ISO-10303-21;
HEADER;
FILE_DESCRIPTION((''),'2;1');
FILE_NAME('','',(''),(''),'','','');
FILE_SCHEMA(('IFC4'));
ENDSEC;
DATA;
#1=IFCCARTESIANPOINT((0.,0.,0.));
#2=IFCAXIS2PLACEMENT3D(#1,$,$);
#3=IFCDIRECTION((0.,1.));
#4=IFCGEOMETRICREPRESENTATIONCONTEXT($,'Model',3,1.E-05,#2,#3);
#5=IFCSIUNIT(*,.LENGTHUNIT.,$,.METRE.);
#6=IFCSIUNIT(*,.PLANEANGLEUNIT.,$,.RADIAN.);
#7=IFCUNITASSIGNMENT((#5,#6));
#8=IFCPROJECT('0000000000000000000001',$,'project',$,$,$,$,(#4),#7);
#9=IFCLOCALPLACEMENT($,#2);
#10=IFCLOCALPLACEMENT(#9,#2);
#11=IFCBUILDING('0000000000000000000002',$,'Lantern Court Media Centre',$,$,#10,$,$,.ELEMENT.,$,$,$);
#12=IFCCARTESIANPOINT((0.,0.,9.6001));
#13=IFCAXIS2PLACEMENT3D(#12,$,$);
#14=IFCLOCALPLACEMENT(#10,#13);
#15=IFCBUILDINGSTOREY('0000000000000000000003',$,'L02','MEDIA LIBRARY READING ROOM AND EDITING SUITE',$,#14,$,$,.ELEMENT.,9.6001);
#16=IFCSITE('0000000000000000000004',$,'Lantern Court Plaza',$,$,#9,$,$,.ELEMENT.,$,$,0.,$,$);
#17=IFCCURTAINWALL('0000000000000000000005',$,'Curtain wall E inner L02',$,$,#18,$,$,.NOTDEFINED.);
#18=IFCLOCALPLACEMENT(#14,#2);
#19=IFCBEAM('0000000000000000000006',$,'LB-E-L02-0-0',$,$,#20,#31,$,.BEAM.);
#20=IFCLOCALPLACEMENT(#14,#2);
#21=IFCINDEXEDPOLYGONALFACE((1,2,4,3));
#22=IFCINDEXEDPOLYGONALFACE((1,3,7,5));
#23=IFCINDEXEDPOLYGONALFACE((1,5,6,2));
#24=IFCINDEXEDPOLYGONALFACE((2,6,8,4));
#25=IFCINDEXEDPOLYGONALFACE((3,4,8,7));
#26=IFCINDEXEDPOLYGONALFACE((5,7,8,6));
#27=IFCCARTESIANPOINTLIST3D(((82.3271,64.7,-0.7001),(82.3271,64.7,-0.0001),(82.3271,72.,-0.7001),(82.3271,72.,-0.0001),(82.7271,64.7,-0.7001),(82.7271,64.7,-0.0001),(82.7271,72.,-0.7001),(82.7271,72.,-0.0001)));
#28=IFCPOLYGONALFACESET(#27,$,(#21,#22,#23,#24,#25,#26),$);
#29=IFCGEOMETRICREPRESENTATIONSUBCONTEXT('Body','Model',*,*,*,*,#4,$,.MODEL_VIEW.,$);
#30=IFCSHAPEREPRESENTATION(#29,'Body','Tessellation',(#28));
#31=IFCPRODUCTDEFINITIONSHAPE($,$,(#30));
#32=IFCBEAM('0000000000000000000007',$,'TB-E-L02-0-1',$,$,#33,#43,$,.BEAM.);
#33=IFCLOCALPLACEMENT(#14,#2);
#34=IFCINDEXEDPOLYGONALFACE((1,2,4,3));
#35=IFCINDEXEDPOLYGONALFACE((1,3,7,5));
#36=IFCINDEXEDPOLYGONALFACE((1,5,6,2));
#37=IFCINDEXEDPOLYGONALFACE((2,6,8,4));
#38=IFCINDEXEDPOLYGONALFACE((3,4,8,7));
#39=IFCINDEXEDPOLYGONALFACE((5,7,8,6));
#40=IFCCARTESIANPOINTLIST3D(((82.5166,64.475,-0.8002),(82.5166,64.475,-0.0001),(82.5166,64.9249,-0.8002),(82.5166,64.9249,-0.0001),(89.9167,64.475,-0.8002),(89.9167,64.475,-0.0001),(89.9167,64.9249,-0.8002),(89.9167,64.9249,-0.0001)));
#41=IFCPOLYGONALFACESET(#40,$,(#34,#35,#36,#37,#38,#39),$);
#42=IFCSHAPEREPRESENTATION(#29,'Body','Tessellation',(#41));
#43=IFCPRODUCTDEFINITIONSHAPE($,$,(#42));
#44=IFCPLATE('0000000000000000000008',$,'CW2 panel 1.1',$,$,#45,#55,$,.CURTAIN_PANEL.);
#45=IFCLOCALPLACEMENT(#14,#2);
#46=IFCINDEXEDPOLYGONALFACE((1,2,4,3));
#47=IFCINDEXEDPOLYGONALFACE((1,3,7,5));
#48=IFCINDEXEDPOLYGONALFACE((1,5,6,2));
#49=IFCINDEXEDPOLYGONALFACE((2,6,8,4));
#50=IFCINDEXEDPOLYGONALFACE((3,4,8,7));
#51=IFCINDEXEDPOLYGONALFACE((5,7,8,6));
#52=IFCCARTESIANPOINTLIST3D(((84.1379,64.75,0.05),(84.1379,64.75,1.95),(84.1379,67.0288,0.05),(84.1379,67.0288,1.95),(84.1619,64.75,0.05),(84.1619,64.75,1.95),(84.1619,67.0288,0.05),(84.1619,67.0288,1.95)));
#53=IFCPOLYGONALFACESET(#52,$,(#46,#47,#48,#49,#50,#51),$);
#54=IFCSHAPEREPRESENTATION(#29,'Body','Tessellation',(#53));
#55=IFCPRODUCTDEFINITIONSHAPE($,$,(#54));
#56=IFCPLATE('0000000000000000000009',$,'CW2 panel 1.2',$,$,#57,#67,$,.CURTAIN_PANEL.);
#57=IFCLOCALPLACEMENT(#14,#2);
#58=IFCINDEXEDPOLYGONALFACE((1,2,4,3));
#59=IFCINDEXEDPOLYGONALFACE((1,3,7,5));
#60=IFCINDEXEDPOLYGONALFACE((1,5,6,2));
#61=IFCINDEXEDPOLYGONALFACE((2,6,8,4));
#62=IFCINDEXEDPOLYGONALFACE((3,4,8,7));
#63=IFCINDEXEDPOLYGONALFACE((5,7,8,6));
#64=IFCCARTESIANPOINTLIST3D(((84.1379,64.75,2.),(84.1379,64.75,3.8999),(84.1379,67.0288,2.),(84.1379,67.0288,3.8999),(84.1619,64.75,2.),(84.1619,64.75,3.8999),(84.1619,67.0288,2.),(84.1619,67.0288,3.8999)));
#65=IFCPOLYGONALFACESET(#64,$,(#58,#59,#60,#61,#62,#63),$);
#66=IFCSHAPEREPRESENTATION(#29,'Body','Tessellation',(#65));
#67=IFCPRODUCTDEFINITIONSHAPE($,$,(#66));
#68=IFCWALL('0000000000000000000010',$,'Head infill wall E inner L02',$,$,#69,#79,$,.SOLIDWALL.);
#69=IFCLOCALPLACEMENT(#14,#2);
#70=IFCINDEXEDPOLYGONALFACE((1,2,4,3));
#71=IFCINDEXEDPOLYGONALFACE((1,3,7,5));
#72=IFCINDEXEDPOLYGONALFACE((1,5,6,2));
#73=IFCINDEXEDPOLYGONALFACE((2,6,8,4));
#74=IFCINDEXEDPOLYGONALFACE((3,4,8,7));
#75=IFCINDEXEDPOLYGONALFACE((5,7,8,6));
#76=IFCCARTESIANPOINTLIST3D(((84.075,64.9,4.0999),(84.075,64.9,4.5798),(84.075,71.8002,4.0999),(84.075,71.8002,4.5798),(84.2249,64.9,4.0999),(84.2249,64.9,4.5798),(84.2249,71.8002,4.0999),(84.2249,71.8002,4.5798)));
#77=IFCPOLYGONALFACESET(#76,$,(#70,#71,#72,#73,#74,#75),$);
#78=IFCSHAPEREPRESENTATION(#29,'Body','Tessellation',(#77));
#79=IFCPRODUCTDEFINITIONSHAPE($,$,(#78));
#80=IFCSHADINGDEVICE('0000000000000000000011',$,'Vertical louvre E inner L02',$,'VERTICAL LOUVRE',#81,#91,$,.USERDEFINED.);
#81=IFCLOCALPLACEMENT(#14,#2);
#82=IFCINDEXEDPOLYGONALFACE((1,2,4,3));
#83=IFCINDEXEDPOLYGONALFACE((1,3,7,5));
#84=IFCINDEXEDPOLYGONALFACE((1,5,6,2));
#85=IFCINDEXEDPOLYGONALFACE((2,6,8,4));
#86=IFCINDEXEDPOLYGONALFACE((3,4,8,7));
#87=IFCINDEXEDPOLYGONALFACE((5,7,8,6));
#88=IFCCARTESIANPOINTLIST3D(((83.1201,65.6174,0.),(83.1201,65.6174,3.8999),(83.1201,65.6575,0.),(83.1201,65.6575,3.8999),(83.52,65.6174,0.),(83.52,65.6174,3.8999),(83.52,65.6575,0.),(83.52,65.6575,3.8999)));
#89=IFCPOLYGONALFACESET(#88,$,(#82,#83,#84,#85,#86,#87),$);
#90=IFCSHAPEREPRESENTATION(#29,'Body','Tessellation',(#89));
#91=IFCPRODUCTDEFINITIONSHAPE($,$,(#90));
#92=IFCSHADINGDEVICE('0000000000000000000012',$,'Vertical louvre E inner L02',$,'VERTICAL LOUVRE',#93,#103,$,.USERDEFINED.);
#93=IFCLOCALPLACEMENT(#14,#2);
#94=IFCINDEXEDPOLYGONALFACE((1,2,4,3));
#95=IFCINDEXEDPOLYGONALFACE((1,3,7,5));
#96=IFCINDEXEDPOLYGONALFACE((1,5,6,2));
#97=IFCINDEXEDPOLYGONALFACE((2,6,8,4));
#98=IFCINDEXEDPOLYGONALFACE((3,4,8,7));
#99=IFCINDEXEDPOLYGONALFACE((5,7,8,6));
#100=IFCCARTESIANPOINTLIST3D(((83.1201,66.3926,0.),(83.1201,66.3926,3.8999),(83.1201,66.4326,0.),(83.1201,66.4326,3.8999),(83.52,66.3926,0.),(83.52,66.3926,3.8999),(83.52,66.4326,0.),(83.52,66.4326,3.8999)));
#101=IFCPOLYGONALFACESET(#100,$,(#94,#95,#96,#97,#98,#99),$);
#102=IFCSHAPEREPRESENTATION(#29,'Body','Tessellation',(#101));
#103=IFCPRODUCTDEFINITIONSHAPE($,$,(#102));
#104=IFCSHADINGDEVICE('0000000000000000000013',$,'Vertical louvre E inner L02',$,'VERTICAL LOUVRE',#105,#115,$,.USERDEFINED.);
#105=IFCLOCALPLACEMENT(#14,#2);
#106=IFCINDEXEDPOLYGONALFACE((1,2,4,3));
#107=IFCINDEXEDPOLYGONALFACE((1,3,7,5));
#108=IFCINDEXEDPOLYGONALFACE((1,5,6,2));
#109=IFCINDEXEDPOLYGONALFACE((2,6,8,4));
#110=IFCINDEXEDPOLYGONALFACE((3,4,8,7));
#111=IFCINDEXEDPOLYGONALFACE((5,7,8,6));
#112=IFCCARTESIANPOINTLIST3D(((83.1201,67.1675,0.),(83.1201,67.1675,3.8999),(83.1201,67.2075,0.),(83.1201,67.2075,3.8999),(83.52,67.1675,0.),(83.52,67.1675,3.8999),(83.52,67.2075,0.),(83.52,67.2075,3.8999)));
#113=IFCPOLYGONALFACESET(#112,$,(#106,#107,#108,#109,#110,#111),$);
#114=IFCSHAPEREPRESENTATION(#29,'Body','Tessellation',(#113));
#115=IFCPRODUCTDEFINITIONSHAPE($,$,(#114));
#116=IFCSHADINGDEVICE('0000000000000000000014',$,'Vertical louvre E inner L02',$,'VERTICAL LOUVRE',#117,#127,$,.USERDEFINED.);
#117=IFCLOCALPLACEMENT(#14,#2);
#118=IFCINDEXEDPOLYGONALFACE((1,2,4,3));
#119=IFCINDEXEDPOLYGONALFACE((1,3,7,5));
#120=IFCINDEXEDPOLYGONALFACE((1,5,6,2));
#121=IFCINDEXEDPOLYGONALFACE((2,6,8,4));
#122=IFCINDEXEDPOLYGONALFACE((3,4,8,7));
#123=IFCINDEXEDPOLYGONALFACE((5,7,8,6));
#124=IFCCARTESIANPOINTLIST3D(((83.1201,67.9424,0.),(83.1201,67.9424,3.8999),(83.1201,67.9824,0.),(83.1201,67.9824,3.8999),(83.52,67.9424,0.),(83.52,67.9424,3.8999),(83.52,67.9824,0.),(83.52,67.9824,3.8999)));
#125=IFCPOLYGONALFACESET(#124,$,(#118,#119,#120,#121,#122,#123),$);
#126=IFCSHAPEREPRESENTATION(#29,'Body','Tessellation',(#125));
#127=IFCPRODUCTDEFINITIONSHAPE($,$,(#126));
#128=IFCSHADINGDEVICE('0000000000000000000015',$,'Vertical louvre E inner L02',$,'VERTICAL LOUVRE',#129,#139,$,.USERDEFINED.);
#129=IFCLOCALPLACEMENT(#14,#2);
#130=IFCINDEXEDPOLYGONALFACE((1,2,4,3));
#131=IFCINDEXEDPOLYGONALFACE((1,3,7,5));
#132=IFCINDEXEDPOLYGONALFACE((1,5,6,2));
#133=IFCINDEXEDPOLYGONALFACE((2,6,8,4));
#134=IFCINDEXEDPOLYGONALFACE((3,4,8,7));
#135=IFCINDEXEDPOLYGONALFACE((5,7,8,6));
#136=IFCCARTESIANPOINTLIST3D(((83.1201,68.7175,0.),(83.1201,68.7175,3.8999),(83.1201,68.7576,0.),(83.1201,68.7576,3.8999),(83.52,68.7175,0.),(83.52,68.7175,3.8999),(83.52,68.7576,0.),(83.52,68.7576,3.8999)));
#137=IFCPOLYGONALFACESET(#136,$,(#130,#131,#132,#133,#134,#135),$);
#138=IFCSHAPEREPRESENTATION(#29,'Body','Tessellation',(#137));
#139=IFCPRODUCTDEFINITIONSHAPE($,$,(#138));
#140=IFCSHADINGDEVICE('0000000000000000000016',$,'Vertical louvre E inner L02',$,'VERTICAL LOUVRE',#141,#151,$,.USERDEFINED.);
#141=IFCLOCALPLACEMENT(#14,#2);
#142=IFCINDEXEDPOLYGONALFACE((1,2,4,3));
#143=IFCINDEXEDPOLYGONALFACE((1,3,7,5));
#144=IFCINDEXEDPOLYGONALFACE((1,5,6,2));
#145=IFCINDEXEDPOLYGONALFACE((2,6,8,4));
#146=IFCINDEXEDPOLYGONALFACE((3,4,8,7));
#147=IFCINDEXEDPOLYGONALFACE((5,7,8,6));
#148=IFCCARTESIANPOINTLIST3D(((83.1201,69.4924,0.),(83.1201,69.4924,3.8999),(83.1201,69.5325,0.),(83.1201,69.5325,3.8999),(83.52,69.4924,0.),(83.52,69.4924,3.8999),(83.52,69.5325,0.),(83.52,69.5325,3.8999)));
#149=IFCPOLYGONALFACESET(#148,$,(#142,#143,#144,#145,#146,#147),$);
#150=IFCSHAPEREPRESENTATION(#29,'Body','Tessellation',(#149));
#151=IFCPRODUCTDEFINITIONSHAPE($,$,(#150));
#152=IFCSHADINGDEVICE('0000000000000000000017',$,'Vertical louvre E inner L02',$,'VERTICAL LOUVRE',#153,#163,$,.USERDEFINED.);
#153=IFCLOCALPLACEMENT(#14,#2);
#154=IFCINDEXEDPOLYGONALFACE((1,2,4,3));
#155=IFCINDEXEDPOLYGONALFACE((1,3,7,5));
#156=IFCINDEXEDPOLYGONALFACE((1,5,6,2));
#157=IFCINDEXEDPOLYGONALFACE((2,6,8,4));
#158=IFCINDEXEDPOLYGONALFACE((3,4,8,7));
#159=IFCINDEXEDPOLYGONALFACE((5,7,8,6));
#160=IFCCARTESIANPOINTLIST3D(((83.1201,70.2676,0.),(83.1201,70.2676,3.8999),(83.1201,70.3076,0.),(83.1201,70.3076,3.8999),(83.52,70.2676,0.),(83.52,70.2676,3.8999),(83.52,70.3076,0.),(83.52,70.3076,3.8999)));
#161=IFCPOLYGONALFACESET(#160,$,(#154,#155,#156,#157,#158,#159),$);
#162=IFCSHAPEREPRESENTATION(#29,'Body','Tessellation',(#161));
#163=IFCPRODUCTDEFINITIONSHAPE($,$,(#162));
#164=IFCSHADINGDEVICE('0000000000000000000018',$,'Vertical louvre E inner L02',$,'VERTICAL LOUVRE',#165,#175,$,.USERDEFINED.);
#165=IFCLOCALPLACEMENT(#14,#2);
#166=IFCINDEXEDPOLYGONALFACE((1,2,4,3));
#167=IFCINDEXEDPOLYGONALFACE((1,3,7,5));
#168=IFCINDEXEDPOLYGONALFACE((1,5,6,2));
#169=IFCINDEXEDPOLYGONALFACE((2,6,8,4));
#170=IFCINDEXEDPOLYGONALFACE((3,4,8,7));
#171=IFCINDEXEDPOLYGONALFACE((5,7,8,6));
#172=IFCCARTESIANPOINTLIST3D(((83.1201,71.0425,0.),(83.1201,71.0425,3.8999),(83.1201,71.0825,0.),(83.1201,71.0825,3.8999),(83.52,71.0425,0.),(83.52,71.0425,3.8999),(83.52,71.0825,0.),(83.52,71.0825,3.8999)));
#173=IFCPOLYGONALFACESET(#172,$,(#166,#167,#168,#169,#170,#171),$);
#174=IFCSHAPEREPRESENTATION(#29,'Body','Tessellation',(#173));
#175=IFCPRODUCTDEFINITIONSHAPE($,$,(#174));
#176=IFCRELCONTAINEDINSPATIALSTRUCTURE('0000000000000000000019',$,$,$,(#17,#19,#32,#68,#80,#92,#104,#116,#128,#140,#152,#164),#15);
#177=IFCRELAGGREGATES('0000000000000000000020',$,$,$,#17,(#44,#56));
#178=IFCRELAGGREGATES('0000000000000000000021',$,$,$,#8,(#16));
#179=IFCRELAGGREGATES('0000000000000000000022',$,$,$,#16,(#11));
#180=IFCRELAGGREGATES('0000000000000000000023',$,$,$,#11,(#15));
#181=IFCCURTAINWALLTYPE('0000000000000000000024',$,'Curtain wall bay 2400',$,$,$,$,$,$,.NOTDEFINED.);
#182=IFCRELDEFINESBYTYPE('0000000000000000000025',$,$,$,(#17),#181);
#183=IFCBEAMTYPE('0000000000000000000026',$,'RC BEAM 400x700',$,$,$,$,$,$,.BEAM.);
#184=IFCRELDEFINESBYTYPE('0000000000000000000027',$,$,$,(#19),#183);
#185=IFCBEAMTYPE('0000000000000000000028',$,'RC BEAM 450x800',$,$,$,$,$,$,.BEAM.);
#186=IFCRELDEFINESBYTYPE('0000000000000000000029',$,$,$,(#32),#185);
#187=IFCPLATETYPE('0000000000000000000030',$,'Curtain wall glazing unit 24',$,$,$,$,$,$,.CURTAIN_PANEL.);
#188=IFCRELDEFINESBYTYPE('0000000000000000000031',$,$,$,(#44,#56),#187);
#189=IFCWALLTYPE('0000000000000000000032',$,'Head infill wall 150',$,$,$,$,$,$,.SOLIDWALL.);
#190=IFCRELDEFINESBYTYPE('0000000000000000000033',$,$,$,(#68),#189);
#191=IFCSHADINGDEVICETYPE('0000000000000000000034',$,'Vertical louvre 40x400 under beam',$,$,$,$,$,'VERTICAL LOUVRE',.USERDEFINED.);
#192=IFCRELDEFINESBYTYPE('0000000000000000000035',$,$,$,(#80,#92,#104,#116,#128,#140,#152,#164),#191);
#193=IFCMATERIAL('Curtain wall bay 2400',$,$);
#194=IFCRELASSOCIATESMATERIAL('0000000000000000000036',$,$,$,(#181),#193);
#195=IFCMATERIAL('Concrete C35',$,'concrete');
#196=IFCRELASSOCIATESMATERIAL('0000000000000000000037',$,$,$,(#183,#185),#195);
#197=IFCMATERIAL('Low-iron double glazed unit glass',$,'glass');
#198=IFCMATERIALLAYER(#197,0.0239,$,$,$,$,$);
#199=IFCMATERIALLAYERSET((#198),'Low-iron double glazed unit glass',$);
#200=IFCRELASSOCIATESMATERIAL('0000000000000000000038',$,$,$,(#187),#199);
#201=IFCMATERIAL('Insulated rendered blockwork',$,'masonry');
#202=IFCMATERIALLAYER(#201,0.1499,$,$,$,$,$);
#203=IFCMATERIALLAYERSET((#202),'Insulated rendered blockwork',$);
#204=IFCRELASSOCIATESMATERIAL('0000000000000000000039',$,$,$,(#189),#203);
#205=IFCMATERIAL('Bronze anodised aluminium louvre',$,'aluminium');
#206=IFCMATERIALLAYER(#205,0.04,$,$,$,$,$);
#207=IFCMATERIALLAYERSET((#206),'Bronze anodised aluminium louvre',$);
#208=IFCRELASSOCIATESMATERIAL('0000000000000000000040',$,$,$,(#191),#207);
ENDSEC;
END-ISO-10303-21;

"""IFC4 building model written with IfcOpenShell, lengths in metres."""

from ifc_helpers import new_model, si_unit, direction, frame, frame_2d, origin, origin_2d, place, context, subcontext, project, spatial, rectangle, extrude, material, layer, layer_set, material_profile, profile_set, type_object, element, aggregate, save


model = new_model("IFC4")

# Units and contexts
model_context = context("Model", 3, precision=1e-05, world=origin(), true_north=direction((0.0, 1.0)))
body_context = subcontext(model_context, "Body", "Model", "MODEL_VIEW")
ifc_project = project(units=[si_unit("LENGTHUNIT", "METRE"), si_unit("PLANEANGLEUNIT", "RADIAN")], contexts=[model_context])

# Site, building, storey
site_placement = place(None, origin())
site = spatial("IfcSite", under=ifc_project, at=site_placement, Name="Lantern Court Plaza", CompositionType="ELEMENT", RefElevation=0.0)
building_placement = place(site_placement, origin())
building = spatial("IfcBuilding", under=site, at=building_placement, Name="Lantern Court Media Centre", CompositionType="ELEMENT")
storey_placement = place(building_placement, frame((0.0, 0.0, 9.6001)))
storey = spatial("IfcBuildingStorey", under=building, at=storey_placement, Name="L02", Description="MEDIA LIBRARY READING ROOM AND EDITING SUITE", CompositionType="ELEMENT", Elevation=9.6001)

# Shared definitions
ifc_material_1 = material(Name="Concrete C35", Category="concrete")

# Curtain wall
ifc_material_2 = material(Name="Curtain wall bay 2400")
curtain_wall_type = type_object("IfcCurtainWallType", Name="Curtain wall bay 2400", PredefinedType="NOTDEFINED", material=ifc_material_2)
curtain_wall_placement = place(storey_placement, origin())
curtain_wall = element("IfcCurtainWall", 1, at=curtain_wall_placement, inside=storey, type_object=curtain_wall_type, Name="Curtain wall E inner L02", PredefinedType="NOTDEFINED")

# Beams
ifc_material_profile_1 = material_profile(ifc_material_1, rectangle(XDim=0.3999, YDim=0.7, at=origin_2d()), Name="RC 400x700")
ifc_profile_set_1 = profile_set([ifc_material_profile_1], Name="Concrete C35")
beam_type_1 = type_object("IfcBeamType", Name="RC BEAM 400x700", PredefinedType="BEAM", material=ifc_profile_set_1)
beam_1_placement = place(storey_placement, frame((82.5271, 64.7, -0.3501), z_axis=(0.0, 1.0, 0.0), x_axis=(-1.0, 0.0, 0.0)))
element("IfcBeam", 2, at=beam_1_placement, inside=storey, type_object=beam_type_1, Name="LB-E-L02-0-0", PredefinedType="BEAM", context=body_context, shape_type="SweptSolid", body=[
    extrude(rectangle(XDim=0.3999, YDim=0.7, at=origin_2d()), origin(), (0.0, 0.0, 1.0), 7.3),
])
ifc_material_profile_2 = material_profile(ifc_material_1, rectangle(XDim=0.45, YDim=0.8, at=origin_2d()), Name="RC 450x800")
ifc_profile_set_2 = profile_set([ifc_material_profile_2], Name="Concrete C35")
beam_type_2 = type_object("IfcBeamType", Name="RC BEAM 450x800", PredefinedType="BEAM", material=ifc_profile_set_2)
beam_2_placement = place(storey_placement, frame((82.5166, 64.7, -0.4001), z_axis=(1.0, 0.0, 0.0), x_axis=(0.0, 1.0, 0.0)))
element("IfcBeam", 3, at=beam_2_placement, inside=storey, type_object=beam_type_2, Name="TB-E-L02-0-1", PredefinedType="BEAM", context=body_context, shape_type="SweptSolid", body=[
    extrude(rectangle(XDim=0.45, YDim=0.8, at=origin_2d()), origin(), (0.0, 0.0, 1.0), 7.4001),
])

# Plates
ifc_material_3 = material(Name="Low-iron double glazed unit glass", Category="glass")
ifc_layer_1 = layer(ifc_material_3, 0.0239)
ifc_layer_set_1 = layer_set([ifc_layer_1], Name="Low-iron double glazed unit glass")
plate_type = type_object("IfcPlateType", Name="Curtain wall glazing unit 24", PredefinedType="CURTAIN_PANEL", material=ifc_layer_set_1)
plate_1_placement = place(storey_placement, frame((84.1499, 65.8894, 0.05), z_axis=(0.0, 0.0, 1.0), x_axis=(0.0, 1.0, 0.0)))
plate_1 = element("IfcPlate", 4, at=plate_1_placement, type_object=plate_type, Name="CW2 panel 1.1", PredefinedType="CURTAIN_PANEL", context=body_context, shape_type="SweptSolid", body=[
    extrude(rectangle(XDim=2.2788, YDim=0.0239, at=origin_2d()), origin(), (0.0, 0.0, 1.0), 1.8999),
])
plate_2_placement = place(storey_placement, frame((84.1499, 65.8894, 2.0), z_axis=(0.0, 0.0, 1.0), x_axis=(0.0, 1.0, 0.0)))
plate_2 = element("IfcPlate", 5, at=plate_2_placement, type_object=plate_type, Name="CW2 panel 1.2", PredefinedType="CURTAIN_PANEL", context=body_context, shape_type="SweptSolid", body=[
    extrude(rectangle(XDim=2.2788, YDim=0.0239, at=origin_2d()), origin(), (0.0, 0.0, 1.0), 1.8999),
])
aggregate(curtain_wall, [plate_1, plate_2])

# Wall
ifc_material_4 = material(Name="Insulated rendered blockwork", Category="masonry")
ifc_layer_2 = layer(ifc_material_4, 0.1499)
ifc_layer_set_2 = layer_set([ifc_layer_2], Name="Insulated rendered blockwork")
wall_type = type_object("IfcWallType", Name="Head infill wall 150", PredefinedType="SOLIDWALL", material=ifc_layer_set_2)
wall_placement = place(storey_placement, frame((84.1499, 64.8999, 4.0999), z_axis=(0.0, 0.0, 1.0), x_axis=(0.0, 1.0, 0.0)))
element("IfcWall", 6, at=wall_placement, inside=storey, type_object=wall_type, Name="Head infill wall E inner L02", PredefinedType="SOLIDWALL", context=body_context, shape_type="SweptSolid", body=[
    extrude(rectangle(XDim=6.9001, YDim=0.1499, at=frame_2d((3.4502, 0.0))), origin(), (0.0, 0.0, 1.0), 0.48),
])

# Shading devices
ifc_material_5 = material(Name="Bronze anodised aluminium louvre", Category="aluminium")
ifc_layer_3 = layer(ifc_material_5, 0.04)
ifc_layer_set_3 = layer_set([ifc_layer_3], Name="Bronze anodised aluminium louvre")
shading_device_type = type_object("IfcShadingDeviceType", Name="Vertical louvre 40x400 under beam", ElementType="VERTICAL LOUVRE", PredefinedType="USERDEFINED", material=ifc_layer_set_3)
for number, where, z_axis, x_axis, name in (
    (7, (83.3201, 65.6375, 0.0), (0.0, 0.0, 1.0), (1.0, 0.0, 0.0), "Vertical louvre E inner L02"),
    (8, (83.3201, 66.4126, 0.0), (0.0, 0.0, 1.0), (1.0, 0.0, 0.0), "Vertical louvre E inner L02"),
    (9, (83.3201, 67.1875, 0.0), (0.0, 0.0, 1.0), (1.0, 0.0, 0.0), "Vertical louvre E inner L02"),
    (10, (83.3201, 67.9624, 0.0), (0.0, 0.0, 1.0), (1.0, 0.0, 0.0), "Vertical louvre E inner L02"),
    (11, (83.3201, 68.7375, 0.0), (0.0, 0.0, 1.0), (1.0, 0.0, 0.0), "Vertical louvre E inner L02"),
    (12, (83.3201, 69.5125, 0.0), (0.0, 0.0, 1.0), (1.0, 0.0, 0.0), "Vertical louvre E inner L02"),
    (13, (83.3201, 70.2876, 0.0), (0.0, 0.0, 1.0), (1.0, 0.0, 0.0), "Vertical louvre E inner L02"),
    (14, (83.3201, 71.0625, 0.0), (0.0, 0.0, 1.0), (1.0, 0.0, 0.0), "Vertical louvre E inner L02"),
):
    element("IfcShadingDevice", number, at=place(storey_placement, frame(where, z_axis=z_axis, x_axis=x_axis)), inside=storey, type_object=shading_device_type, Name=name, ObjectType="VERTICAL LOUVRE", PredefinedType="USERDEFINED", context=body_context, shape_type="SweptSolid", body=[
        extrude(rectangle(XDim=0.3999, YDim=0.04, at=origin_2d()), origin(), (0.0, 0.0, 1.0), 3.8999),
    ])

save(model, "model.ifc")
